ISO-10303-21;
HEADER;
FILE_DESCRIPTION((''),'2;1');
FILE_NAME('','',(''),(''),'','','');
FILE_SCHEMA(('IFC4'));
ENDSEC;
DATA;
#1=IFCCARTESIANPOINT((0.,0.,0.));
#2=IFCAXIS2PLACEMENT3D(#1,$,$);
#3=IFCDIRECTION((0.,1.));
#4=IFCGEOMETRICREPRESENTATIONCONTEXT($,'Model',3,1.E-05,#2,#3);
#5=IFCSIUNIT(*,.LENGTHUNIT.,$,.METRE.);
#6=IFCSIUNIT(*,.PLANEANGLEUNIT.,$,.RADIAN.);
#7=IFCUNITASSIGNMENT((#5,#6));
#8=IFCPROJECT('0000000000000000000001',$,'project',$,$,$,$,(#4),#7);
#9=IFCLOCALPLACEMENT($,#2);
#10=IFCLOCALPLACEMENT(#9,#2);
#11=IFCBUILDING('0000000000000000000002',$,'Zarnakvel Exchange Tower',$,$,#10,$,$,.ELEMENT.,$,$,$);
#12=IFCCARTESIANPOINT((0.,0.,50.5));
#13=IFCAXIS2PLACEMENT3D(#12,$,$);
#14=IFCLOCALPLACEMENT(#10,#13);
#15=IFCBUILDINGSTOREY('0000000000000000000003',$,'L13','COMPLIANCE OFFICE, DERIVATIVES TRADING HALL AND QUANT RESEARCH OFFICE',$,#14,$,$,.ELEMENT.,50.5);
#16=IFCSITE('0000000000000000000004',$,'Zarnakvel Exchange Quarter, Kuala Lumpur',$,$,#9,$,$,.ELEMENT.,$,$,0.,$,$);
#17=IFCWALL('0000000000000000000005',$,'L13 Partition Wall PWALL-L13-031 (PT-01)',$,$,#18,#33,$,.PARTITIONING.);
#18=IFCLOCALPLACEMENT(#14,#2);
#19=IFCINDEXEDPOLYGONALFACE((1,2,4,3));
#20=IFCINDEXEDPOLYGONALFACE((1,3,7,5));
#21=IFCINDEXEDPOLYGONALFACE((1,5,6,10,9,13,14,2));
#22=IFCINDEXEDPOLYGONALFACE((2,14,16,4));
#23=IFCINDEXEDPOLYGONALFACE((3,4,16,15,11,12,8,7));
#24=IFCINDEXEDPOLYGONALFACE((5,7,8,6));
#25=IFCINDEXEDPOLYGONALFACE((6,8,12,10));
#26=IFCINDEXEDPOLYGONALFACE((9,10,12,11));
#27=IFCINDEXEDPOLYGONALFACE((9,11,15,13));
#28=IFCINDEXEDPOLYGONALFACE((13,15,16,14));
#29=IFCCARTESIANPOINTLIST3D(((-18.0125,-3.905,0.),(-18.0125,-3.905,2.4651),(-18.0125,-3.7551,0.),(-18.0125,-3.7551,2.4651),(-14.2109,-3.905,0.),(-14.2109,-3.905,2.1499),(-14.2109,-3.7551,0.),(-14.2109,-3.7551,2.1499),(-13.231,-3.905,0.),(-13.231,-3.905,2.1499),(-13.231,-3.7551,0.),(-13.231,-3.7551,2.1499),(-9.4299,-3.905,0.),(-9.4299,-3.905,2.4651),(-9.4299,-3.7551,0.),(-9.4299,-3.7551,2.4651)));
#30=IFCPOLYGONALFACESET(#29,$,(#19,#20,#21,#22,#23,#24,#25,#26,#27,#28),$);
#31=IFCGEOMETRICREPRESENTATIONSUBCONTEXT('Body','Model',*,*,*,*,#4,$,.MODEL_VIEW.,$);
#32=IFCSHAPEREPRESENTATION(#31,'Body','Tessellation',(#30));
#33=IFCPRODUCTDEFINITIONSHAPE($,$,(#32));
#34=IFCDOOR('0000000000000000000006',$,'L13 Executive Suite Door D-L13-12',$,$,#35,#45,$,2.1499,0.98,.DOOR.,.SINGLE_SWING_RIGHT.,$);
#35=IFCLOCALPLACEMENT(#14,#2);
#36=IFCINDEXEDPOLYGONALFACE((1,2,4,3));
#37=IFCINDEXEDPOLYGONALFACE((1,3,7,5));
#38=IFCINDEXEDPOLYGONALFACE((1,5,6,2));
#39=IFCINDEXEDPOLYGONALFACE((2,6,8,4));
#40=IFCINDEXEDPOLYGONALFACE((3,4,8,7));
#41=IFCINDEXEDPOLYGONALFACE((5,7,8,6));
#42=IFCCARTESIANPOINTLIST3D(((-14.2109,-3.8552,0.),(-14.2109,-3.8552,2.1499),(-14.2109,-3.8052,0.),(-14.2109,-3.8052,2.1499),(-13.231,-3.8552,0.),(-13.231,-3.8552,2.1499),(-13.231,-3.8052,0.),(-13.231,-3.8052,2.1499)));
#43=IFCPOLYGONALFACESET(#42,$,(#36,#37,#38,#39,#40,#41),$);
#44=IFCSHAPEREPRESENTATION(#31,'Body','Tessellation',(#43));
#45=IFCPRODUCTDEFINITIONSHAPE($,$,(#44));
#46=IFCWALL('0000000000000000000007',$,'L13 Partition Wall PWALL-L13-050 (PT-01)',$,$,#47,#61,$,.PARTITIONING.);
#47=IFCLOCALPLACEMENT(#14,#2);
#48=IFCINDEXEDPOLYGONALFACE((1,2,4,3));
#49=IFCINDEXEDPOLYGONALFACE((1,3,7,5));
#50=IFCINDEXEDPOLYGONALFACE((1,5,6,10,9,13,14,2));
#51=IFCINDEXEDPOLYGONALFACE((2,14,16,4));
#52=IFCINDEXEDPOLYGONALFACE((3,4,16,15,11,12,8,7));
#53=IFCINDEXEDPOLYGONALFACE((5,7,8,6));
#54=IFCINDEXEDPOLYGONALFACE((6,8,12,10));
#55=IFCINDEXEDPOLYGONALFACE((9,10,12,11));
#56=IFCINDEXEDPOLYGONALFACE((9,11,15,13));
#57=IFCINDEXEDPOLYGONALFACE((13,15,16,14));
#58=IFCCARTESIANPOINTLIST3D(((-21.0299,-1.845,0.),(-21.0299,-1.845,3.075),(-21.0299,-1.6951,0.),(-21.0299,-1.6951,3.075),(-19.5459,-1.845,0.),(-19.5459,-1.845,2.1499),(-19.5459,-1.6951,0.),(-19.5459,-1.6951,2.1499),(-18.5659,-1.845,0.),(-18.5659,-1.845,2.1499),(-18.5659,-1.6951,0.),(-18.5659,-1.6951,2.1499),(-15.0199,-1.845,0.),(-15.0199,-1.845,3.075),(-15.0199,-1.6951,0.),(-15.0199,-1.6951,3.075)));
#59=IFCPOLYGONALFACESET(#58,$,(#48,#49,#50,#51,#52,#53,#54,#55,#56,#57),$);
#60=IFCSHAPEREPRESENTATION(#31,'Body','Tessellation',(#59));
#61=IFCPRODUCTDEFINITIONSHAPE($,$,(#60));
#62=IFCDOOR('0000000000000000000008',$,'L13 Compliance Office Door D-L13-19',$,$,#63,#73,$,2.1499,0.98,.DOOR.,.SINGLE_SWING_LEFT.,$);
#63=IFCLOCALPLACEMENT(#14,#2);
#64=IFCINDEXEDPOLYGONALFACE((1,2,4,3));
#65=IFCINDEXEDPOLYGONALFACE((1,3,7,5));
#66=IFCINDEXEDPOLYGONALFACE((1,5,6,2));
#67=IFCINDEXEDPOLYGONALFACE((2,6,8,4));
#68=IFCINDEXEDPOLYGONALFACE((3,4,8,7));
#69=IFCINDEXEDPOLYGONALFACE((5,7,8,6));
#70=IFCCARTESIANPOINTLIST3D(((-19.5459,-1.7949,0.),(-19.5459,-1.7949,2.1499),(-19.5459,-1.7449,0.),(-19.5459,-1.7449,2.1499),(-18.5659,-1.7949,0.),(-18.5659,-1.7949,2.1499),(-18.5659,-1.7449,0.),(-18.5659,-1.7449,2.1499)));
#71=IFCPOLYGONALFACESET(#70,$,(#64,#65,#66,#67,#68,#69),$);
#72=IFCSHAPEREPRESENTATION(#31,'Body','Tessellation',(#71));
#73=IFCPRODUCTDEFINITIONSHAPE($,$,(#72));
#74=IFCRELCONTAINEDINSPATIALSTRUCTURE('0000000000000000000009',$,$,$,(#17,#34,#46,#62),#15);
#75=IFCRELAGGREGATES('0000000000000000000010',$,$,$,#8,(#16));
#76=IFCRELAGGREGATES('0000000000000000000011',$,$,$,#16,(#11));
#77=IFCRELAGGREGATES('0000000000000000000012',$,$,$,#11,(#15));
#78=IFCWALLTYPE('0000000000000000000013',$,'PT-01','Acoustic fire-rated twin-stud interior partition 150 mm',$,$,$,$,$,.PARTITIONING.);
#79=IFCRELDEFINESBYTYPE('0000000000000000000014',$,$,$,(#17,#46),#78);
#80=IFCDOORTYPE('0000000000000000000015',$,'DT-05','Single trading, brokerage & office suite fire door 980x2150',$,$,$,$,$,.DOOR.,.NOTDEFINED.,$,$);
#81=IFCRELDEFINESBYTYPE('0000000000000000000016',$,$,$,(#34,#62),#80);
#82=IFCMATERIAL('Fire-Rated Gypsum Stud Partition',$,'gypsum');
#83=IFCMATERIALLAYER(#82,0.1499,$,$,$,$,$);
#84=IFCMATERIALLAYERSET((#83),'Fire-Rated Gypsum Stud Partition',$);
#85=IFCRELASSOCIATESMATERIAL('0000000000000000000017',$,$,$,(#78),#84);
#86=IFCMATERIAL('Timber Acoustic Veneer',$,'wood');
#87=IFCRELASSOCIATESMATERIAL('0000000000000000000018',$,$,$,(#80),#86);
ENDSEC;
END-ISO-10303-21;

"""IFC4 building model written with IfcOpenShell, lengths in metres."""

from ifc_helpers import new_model, si_unit, direction, frame, frame_2d, origin, place, context, subcontext, project, spatial, rectangle, extrude, source, transform, mapped, material, layer, layer_set, type_object, element, fill, save


model = new_model("IFC4")

# Units and contexts
model_context = context("Model", 3, precision=1e-05, world=origin(), true_north=direction((0.0, 1.0)))
body_context = subcontext(model_context, "Body", "Model", "MODEL_VIEW")
ifc_project = project(units=[si_unit("LENGTHUNIT", "METRE"), si_unit("PLANEANGLEUNIT", "RADIAN")], contexts=[model_context])

# Site, building, storey
site_placement = place(None, origin())
site = spatial("IfcSite", under=ifc_project, at=site_placement, Name="Zarnakvel Exchange Quarter, Kuala Lumpur", CompositionType="ELEMENT", RefElevation=0.0)
building_placement = place(site_placement, origin())
building = spatial("IfcBuilding", under=site, at=building_placement, Name="Zarnakvel Exchange Tower", CompositionType="ELEMENT")
storey_placement = place(building_placement, frame((0.0, 0.0, 50.5)))
storey = spatial("IfcBuildingStorey", under=building, at=storey_placement, Name="L13", Description="COMPLIANCE OFFICE, DERIVATIVES TRADING HALL AND QUANT RESEARCH OFFICE", CompositionType="ELEMENT", Elevation=50.5)

# Shared definitions
ifc_material_1 = material(Name="Fire-Rated Gypsum Stud Partition", Category="gypsum")
ifc_layer_1 = layer(ifc_material_1, 0.1499)
ifc_layer_set_1 = layer_set([ifc_layer_1], Name="Fire-Rated Gypsum Stud Partition")
wall_type = type_object("IfcWallType", Name="PT-01", Description="Acoustic fire-rated twin-stud interior partition 150 mm", PredefinedType="PARTITIONING", material=ifc_layer_set_1)
ifc_material_2 = material(Name="Timber Acoustic Veneer", Category="wood")
door_type = type_object("IfcDoorType", Name="DT-05", Description="Single trading, brokerage & office suite fire door 980x2150", OperationType="NOTDEFINED", PredefinedType="DOOR", material=ifc_material_2)
shared_shape_1 = source(origin(), body_context, "Body", "SweptSolid", [
    extrude(rectangle(XDim=0.98, YDim=2.1499, at=frame_2d((0.49, 1.075))), frame((0.0, 0.0249, 0.0), z_axis=(0.0, -1.0, 0.0), x_axis=(1.0, 0.0, 0.0)), (0.0, 0.0, 1.0), 0.05),
])

# Walls, openings, doors
wall_1_placement = place(storey_placement, frame((-18.0125, -3.8301, 0.0), z_axis=(0.0, 0.0, 1.0), x_axis=(1.0, 0.0, 0.0)))
wall_1 = element("IfcWall", 1, at=wall_1_placement, inside=storey, type_object=wall_type, Name="L13 Partition Wall PWALL-L13-031 (PT-01)", PredefinedType="PARTITIONING", context=body_context, shape_type="SweptSolid", body=[
    extrude(rectangle(XDim=8.5825, YDim=0.1499, at=frame_2d((4.2913, 0.0))), origin(), (0.0, 0.0, 1.0), 2.4651),
])
opening_1_placement = place(wall_1_placement, frame((3.8015, 0.0, 0.0)))
opening_1 = element("IfcOpeningElement", 2, at=opening_1_placement, cuts=wall_1, PredefinedType="OPENING", context=body_context, shape_type="SweptSolid", body=[
    extrude(rectangle(XDim=0.98, YDim=2.1499, at=frame_2d((0.49, 1.075))), frame((0.0, 0.085, 0.0), z_axis=(0.0, -1.0, 0.0), x_axis=(1.0, 0.0, 0.0)), (0.0, 0.0, 1.0), 0.1699),
])
door_1_placement = place(opening_1_placement, origin())
door_1 = element("IfcDoor", 3, at=door_1_placement, inside=storey, type_object=door_type, Name="L13 Executive Suite Door D-L13-12", OperationType="SINGLE_SWING_RIGHT", OverallHeight=2.1499, OverallWidth=0.98, PredefinedType="DOOR", context=body_context, shape_type="MappedRepresentation", body=[
    mapped(shared_shape_1, transform((0.0, 0.0, 0.0), x_axis=(1.0, 0.0, 0.0), y_axis=(0.0, 1.0, 0.0), z_axis=(0.0, 0.0, 1.0), scale=1.0)),
])
fill(opening_1, door_1)
wall_2_placement = place(storey_placement, frame((-15.02, -1.77, 0.0), z_axis=(0.0, 0.0, 1.0), x_axis=(-1.0, 0.0, 0.0)))
wall_2 = element("IfcWall", 4, at=wall_2_placement, inside=storey, type_object=wall_type, Name="L13 Partition Wall PWALL-L13-050 (PT-01)", PredefinedType="PARTITIONING", context=body_context, shape_type="SweptSolid", body=[
    extrude(rectangle(XDim=6.01, YDim=0.1499, at=frame_2d((3.0049, 0.0))), origin(), (0.0, 0.0, 1.0), 3.075),
])
opening_2_placement = place(wall_2_placement, frame((3.5459, 0.0, 0.0)))
opening_2 = element("IfcOpeningElement", 5, at=opening_2_placement, cuts=wall_2, PredefinedType="OPENING", context=body_context, shape_type="SweptSolid", body=[
    extrude(rectangle(XDim=0.98, YDim=2.1499, at=frame_2d((0.49, 1.075))), frame((0.0, 0.085, 0.0), z_axis=(0.0, -1.0, 0.0), x_axis=(1.0, 0.0, 0.0)), (0.0, 0.0, 1.0), 0.1699),
])
door_2_placement = place(opening_2_placement, origin())
door_2 = element("IfcDoor", 6, at=door_2_placement, inside=storey, type_object=door_type, Name="L13 Compliance Office Door D-L13-19", OperationType="SINGLE_SWING_LEFT", OverallHeight=2.1499, OverallWidth=0.98, PredefinedType="DOOR", context=body_context, shape_type="MappedRepresentation", body=[
    mapped(shared_shape_1, transform((0.0, 0.0, 0.0), x_axis=(1.0, 0.0, 0.0), y_axis=(0.0, 1.0, 0.0), z_axis=(0.0, 0.0, 1.0), scale=1.0)),
])
fill(opening_2, door_2)

save(model, "model.ifc")
